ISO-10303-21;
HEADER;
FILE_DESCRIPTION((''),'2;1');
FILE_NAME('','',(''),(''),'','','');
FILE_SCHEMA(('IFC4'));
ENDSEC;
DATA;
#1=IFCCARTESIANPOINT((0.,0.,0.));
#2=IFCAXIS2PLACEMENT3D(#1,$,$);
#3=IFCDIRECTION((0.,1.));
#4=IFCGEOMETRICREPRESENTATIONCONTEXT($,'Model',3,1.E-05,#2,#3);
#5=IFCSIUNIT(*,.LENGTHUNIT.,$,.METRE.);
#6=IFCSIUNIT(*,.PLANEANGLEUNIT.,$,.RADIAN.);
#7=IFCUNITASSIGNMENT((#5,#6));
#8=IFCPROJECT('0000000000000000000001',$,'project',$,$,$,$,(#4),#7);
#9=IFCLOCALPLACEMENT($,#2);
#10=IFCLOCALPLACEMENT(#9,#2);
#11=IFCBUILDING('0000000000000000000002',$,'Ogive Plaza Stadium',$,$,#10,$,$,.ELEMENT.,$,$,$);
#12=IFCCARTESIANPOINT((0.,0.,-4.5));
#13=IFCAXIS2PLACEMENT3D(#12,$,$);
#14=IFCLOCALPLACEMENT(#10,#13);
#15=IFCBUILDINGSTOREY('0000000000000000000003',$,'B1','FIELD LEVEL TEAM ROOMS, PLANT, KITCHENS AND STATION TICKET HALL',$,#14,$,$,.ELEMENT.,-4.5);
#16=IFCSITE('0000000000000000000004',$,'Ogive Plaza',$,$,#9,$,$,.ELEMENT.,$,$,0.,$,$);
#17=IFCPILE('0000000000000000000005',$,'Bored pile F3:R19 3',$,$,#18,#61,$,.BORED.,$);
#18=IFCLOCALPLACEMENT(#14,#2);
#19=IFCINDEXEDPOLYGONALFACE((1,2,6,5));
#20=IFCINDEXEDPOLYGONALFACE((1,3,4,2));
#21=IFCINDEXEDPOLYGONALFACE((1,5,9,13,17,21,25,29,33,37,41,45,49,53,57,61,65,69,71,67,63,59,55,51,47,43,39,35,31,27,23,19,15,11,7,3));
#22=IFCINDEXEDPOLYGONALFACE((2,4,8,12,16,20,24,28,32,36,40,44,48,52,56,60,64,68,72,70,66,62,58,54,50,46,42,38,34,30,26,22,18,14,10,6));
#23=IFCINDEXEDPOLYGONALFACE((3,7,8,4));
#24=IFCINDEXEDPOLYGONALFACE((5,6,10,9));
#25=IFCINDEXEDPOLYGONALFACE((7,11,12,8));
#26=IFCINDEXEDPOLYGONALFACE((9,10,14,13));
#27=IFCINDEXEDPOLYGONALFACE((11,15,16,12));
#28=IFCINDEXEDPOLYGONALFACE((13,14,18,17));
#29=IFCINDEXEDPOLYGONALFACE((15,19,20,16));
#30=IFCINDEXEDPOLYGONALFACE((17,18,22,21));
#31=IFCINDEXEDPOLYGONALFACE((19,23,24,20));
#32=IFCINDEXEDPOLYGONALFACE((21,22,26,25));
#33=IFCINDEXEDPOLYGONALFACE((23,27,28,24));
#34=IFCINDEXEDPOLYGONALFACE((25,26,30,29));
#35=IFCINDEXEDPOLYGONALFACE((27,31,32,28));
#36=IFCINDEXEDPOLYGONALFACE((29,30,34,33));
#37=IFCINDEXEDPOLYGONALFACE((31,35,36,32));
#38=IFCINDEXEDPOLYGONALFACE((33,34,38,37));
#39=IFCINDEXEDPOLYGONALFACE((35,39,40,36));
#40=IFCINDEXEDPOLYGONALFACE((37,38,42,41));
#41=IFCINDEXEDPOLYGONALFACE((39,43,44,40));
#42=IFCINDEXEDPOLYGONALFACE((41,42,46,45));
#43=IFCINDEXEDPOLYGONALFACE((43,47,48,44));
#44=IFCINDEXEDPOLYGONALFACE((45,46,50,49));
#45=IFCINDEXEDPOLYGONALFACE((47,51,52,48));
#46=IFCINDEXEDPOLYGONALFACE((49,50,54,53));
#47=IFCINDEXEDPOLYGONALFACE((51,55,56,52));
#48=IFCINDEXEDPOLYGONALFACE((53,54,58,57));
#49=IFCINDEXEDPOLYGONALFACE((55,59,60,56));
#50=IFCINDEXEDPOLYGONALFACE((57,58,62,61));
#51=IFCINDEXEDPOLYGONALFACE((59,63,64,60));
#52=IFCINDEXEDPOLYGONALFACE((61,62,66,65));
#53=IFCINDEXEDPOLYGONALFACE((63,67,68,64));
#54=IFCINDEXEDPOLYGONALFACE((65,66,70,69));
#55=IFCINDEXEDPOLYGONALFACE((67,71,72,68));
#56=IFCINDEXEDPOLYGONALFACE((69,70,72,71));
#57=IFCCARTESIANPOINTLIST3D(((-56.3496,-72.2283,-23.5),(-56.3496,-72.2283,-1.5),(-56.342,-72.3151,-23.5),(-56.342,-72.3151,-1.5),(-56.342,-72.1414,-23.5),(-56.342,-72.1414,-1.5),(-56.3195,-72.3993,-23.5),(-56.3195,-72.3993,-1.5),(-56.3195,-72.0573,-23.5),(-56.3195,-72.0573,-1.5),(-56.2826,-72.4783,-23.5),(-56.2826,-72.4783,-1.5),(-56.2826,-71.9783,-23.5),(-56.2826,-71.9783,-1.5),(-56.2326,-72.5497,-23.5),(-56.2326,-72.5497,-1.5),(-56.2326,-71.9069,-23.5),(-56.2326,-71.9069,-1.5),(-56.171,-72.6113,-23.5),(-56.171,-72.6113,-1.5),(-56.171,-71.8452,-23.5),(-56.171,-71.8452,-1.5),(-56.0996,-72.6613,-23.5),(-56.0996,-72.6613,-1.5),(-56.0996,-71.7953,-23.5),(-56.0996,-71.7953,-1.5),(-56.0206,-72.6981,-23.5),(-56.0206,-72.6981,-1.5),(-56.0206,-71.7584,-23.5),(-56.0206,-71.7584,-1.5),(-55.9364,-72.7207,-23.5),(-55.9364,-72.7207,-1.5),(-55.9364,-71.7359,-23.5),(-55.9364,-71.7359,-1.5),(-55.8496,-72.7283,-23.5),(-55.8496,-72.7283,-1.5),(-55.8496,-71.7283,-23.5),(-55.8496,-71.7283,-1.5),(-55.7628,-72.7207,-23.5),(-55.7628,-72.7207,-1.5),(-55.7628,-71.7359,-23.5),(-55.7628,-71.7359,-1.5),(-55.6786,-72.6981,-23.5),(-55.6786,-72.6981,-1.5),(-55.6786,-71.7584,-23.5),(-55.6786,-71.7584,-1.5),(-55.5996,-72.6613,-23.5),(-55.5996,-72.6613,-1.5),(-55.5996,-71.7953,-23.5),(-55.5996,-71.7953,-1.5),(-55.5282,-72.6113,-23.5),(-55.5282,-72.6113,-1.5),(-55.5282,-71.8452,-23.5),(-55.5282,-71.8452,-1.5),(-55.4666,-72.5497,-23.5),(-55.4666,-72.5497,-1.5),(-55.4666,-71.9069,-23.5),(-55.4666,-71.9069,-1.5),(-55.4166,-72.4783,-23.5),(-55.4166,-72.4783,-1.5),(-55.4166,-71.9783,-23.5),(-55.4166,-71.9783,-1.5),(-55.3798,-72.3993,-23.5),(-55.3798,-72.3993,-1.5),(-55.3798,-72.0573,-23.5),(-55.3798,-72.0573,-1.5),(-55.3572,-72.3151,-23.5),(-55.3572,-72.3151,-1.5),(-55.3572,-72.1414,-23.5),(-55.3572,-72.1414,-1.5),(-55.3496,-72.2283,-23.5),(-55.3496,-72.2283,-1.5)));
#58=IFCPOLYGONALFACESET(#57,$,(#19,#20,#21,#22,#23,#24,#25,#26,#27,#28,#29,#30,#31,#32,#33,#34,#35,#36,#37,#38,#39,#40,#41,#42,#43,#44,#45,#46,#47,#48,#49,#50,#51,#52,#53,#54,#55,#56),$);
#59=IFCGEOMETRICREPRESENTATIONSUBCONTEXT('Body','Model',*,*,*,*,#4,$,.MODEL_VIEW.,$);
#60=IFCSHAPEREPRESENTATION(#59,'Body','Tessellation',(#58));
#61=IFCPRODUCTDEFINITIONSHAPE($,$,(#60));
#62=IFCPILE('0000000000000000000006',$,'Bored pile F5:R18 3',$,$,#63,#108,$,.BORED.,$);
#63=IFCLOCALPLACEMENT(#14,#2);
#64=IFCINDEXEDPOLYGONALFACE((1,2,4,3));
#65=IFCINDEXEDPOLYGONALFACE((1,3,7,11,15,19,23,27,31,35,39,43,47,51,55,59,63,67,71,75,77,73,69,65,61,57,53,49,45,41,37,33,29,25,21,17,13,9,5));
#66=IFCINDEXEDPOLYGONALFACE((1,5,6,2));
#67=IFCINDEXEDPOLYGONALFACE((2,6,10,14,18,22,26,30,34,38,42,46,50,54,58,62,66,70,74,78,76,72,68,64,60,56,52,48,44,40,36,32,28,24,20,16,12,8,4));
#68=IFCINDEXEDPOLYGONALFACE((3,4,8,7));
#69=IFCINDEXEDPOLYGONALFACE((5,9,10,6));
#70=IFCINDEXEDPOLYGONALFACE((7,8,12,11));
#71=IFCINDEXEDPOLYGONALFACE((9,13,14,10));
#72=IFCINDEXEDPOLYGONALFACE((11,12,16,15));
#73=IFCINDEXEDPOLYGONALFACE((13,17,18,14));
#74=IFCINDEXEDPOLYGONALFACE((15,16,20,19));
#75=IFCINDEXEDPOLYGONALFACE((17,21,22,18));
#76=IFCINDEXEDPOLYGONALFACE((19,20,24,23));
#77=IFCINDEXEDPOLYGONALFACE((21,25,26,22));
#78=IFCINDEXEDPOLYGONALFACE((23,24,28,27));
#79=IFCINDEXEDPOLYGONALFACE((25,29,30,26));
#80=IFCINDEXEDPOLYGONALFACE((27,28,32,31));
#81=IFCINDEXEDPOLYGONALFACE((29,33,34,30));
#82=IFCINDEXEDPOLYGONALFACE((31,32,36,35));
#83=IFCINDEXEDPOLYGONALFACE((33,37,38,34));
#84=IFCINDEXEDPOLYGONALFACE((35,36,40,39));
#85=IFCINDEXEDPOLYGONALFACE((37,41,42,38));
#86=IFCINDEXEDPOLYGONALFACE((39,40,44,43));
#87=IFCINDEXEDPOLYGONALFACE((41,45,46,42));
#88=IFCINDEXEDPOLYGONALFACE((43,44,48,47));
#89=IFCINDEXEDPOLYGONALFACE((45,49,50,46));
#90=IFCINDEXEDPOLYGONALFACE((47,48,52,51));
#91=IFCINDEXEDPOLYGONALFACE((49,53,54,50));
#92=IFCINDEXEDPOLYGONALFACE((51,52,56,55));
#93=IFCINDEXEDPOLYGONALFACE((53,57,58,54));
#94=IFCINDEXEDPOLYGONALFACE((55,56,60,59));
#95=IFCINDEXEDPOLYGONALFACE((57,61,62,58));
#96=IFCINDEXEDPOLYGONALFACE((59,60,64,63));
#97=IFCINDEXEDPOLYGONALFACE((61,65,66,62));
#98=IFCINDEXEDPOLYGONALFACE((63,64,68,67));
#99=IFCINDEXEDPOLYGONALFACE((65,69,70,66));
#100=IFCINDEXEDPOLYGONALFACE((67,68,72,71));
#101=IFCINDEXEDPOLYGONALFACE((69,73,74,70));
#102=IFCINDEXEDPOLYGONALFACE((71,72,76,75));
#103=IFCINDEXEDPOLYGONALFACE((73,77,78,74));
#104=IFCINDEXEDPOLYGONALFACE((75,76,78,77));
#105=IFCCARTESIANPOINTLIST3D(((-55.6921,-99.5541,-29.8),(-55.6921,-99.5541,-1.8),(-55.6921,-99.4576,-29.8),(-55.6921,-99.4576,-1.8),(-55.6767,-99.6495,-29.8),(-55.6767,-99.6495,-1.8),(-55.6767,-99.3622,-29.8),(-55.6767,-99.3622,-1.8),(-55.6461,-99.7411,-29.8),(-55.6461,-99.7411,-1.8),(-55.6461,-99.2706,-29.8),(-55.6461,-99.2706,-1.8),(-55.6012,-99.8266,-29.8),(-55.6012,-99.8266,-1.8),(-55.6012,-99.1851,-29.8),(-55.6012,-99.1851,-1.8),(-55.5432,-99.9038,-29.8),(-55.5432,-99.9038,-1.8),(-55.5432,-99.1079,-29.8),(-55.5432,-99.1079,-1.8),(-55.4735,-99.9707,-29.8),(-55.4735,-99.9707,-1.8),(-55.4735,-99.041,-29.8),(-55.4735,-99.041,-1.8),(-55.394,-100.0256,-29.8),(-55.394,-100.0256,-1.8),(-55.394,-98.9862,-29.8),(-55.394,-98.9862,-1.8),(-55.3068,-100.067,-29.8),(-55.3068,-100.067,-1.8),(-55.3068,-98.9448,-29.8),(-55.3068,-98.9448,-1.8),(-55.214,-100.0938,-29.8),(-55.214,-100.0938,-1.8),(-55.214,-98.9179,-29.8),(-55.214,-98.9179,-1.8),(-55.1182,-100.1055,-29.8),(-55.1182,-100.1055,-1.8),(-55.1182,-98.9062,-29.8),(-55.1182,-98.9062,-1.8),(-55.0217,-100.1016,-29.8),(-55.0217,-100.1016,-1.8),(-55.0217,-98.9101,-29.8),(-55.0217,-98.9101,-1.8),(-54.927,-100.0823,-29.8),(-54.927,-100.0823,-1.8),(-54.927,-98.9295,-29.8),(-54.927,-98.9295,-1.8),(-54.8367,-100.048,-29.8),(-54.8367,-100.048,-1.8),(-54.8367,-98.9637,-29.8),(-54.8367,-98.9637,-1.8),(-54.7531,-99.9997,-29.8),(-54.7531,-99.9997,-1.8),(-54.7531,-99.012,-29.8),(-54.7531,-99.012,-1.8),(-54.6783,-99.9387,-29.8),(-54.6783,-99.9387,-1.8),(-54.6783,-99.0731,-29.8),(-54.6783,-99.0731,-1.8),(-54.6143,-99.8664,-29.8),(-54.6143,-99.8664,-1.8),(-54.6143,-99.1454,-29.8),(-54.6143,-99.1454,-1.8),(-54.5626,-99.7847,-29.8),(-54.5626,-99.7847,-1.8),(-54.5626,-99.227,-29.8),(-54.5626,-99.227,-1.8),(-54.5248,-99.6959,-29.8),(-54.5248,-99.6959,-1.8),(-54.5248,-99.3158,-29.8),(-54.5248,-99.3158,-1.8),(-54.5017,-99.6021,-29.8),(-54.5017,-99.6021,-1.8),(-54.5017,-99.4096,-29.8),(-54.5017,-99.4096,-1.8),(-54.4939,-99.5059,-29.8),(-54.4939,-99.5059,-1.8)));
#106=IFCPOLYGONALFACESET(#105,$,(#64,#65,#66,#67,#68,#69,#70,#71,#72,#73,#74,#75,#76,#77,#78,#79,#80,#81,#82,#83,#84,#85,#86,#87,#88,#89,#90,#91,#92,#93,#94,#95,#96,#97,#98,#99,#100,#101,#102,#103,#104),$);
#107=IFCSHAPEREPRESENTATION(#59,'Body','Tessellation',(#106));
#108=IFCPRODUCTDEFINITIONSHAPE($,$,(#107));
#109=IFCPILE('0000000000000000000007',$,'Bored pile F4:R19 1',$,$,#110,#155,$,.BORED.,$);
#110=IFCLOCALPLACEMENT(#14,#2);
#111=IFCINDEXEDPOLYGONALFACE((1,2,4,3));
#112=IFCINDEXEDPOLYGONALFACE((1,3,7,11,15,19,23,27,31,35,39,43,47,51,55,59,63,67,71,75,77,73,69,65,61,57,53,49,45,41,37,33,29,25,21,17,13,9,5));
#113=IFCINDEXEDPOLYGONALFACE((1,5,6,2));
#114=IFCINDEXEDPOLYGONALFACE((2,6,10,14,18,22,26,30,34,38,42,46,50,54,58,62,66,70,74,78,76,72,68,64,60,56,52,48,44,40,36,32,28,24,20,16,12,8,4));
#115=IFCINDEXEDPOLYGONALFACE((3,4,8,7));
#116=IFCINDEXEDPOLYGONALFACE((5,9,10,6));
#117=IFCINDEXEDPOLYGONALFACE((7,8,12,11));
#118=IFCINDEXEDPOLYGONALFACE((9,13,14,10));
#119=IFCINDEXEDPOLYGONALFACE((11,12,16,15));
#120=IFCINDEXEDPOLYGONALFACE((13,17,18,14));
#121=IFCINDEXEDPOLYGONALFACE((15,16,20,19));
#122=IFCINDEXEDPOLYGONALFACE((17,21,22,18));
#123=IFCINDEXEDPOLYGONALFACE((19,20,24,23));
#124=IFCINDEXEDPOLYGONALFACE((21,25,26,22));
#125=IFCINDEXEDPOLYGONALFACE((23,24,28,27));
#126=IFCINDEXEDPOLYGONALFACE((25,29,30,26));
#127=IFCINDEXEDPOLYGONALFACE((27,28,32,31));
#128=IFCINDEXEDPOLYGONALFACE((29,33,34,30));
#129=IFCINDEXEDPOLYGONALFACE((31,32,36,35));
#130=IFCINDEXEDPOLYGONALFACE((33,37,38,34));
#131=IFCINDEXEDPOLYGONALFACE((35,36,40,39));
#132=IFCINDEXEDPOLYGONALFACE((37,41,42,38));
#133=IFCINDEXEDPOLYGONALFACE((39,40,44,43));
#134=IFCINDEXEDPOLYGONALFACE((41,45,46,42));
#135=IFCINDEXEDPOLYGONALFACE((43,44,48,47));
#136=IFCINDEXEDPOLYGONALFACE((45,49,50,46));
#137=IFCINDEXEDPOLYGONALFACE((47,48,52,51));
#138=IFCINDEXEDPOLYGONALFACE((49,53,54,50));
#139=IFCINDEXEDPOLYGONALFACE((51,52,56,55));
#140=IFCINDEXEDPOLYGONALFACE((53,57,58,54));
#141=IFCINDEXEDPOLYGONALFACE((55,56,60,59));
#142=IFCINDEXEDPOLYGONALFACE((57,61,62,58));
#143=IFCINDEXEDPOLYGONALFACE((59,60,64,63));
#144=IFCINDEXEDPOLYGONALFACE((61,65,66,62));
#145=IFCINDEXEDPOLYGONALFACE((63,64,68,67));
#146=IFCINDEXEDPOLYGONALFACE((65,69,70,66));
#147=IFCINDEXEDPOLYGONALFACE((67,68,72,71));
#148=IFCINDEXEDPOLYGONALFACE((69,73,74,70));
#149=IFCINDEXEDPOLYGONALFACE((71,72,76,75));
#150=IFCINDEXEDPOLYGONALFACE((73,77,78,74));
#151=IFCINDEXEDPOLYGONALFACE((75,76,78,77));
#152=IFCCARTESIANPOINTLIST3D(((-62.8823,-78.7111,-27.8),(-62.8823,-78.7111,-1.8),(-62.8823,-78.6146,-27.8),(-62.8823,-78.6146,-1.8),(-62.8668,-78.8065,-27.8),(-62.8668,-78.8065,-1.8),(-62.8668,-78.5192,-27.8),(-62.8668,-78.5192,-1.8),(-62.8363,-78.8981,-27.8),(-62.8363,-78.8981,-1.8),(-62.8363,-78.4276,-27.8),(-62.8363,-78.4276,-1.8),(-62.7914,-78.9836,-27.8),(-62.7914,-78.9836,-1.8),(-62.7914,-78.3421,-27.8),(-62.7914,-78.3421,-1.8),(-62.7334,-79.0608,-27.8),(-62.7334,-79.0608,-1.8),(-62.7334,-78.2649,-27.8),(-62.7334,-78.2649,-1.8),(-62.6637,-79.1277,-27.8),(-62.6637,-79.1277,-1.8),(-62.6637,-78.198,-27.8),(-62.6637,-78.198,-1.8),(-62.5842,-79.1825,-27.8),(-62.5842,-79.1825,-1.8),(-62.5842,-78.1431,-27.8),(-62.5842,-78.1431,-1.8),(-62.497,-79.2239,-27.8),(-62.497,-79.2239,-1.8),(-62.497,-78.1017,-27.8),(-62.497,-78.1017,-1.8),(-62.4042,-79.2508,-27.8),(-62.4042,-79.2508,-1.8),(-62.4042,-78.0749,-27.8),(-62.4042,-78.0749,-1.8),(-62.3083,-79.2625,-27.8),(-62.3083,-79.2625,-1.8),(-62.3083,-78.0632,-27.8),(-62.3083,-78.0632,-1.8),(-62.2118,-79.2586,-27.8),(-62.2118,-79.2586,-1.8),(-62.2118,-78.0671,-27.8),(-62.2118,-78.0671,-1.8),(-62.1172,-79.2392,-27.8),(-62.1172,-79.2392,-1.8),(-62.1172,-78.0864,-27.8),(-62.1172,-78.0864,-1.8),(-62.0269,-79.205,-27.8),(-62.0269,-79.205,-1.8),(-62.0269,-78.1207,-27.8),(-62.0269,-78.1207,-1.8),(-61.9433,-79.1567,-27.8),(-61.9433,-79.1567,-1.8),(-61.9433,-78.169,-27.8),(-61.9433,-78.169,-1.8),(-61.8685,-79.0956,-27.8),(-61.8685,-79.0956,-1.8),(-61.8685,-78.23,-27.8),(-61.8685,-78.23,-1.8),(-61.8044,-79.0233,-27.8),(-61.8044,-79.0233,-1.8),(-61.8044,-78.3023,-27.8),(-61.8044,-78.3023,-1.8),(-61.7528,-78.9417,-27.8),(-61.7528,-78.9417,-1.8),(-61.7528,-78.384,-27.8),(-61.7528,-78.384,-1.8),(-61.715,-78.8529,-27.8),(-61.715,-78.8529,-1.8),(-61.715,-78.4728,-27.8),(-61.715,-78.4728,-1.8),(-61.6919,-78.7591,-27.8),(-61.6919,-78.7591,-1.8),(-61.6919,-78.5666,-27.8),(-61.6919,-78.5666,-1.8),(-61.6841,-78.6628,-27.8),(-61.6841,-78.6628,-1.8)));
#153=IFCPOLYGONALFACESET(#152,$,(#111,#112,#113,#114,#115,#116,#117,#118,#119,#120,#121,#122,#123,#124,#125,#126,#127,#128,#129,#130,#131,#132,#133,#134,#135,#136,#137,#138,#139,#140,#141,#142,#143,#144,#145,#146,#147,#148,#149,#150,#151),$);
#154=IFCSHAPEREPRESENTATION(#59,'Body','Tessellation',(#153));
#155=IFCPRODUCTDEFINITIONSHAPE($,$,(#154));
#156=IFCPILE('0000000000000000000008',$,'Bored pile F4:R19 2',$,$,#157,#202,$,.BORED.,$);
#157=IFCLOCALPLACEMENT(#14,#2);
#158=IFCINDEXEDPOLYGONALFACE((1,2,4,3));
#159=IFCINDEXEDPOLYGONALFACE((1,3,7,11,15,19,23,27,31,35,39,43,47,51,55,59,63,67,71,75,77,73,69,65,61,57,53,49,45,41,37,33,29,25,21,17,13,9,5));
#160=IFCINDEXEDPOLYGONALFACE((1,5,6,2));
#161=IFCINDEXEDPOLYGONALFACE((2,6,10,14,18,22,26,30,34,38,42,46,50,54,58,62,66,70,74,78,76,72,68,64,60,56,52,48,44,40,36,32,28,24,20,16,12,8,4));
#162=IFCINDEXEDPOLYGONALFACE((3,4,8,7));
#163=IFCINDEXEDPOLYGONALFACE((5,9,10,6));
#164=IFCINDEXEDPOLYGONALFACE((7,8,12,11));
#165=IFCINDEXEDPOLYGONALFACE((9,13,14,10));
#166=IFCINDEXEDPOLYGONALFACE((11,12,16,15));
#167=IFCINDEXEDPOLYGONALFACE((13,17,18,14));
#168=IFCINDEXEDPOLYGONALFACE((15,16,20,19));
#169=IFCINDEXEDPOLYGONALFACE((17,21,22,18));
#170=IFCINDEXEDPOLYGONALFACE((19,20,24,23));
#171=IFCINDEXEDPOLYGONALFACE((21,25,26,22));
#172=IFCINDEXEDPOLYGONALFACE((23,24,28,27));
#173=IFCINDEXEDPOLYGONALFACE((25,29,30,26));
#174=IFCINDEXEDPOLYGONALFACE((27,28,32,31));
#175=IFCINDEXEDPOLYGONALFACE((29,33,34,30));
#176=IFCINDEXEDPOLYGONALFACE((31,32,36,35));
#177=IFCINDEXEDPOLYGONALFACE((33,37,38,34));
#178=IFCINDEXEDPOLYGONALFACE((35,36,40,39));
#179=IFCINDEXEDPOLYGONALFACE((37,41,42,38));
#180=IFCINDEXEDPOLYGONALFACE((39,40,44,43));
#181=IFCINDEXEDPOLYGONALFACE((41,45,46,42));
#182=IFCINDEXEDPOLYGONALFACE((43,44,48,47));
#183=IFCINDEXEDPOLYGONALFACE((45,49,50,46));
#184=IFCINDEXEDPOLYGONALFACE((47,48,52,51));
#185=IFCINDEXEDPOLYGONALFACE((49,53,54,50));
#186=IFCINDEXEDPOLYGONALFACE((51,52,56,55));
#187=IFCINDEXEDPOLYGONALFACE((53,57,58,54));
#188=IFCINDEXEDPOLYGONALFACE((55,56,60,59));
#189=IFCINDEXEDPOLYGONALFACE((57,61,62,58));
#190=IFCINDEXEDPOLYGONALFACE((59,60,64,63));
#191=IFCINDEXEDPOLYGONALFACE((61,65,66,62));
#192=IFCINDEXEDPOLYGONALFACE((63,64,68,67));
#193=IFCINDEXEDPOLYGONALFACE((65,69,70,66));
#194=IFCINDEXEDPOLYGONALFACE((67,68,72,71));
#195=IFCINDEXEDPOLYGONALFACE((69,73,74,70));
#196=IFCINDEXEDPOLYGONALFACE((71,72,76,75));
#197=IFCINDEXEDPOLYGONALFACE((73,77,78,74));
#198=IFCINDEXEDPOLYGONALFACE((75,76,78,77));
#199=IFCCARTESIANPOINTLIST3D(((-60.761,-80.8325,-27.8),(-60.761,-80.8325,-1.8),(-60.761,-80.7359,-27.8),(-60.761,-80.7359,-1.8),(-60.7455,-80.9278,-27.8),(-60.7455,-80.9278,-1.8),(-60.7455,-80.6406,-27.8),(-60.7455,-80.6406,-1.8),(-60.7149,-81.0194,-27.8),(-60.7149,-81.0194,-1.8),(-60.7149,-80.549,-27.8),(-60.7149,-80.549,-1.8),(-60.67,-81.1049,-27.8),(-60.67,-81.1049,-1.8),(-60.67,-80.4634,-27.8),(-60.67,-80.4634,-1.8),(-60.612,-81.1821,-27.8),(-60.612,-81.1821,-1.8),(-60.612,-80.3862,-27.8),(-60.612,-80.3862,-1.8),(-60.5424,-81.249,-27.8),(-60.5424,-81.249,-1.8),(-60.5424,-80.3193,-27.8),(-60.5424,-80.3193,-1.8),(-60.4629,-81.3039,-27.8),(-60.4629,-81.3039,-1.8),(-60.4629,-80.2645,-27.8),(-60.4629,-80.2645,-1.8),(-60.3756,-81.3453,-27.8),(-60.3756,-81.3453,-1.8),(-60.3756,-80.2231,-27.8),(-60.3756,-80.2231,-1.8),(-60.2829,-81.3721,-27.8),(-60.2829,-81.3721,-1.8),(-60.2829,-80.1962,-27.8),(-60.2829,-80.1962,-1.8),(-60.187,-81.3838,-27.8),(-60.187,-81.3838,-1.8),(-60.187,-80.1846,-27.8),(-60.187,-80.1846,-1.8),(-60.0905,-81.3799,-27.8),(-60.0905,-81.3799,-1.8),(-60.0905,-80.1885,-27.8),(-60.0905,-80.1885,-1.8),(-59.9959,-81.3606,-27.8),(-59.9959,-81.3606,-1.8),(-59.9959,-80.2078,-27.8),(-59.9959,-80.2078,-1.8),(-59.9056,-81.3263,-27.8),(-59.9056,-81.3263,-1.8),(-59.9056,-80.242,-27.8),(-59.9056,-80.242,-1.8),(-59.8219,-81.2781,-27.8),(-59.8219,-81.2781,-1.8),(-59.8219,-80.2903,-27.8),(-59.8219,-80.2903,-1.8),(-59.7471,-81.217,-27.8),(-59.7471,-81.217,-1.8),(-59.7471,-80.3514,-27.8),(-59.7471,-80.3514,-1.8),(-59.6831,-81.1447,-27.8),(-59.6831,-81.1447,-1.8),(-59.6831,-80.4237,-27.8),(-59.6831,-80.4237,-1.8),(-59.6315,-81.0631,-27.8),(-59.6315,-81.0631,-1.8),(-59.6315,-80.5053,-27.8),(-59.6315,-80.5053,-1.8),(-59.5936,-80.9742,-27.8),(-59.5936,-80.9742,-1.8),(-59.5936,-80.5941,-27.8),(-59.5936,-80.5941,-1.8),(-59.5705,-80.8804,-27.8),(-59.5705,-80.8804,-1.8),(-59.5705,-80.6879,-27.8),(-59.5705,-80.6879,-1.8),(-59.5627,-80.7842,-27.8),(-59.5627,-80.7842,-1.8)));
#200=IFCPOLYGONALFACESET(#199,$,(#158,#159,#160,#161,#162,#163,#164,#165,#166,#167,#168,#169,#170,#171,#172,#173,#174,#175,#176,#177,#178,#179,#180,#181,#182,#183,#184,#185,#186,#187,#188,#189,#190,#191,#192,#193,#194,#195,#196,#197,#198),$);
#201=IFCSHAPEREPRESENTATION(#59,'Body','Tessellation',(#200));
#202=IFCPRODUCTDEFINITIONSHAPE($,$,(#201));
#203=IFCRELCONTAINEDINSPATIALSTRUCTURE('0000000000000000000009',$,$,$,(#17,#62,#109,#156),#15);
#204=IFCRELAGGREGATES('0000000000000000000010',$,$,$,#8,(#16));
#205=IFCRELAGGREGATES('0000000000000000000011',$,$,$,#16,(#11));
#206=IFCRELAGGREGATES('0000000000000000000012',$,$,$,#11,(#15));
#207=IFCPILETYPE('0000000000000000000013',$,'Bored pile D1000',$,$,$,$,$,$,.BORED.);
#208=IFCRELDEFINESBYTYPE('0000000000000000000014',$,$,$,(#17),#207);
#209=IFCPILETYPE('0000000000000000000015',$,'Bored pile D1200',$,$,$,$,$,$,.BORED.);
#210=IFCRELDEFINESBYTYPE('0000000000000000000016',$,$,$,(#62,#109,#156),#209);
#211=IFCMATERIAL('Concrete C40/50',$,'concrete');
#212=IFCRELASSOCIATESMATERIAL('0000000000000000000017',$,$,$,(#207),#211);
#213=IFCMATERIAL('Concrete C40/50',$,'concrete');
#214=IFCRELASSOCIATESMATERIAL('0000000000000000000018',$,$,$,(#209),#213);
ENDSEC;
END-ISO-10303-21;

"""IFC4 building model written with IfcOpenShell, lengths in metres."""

from ifc_helpers import new_model, si_unit, direction, frame, origin, origin_2d, place, context, subcontext, project, spatial, circle, extrude, material, material_profile, profile_set, type_object, element, save


model = new_model("IFC4")

# Units and contexts
model_context = context("Model", 3, precision=1e-05, world=origin(), true_north=direction((0.0, 1.0)))
body_context = subcontext(model_context, "Body", "Model", "MODEL_VIEW")
ifc_project = project(units=[si_unit("LENGTHUNIT", "METRE"), si_unit("PLANEANGLEUNIT", "RADIAN")], contexts=[model_context])

# Site, building, storey
site_placement = place(None, origin())
site = spatial("IfcSite", under=ifc_project, at=site_placement, Name="Ogive Plaza", CompositionType="ELEMENT", RefElevation=0.0)
building_placement = place(site_placement, origin())
building = spatial("IfcBuilding", under=site, at=building_placement, Name="Ogive Plaza Stadium", CompositionType="ELEMENT")
storey_placement = place(building_placement, frame((0.0, 0.0, -4.5)))
storey = spatial("IfcBuildingStorey", under=building, at=storey_placement, Name="B1", Description="FIELD LEVEL TEAM ROOMS, PLANT, KITCHENS AND STATION TICKET HALL", CompositionType="ELEMENT", Elevation=-4.5)

# Piles
ifc_material_1 = material(Name="Concrete C40/50", Category="concrete")
ifc_material_profile_1 = material_profile(ifc_material_1, circle(Radius=0.5, at=origin_2d()), Name="RC D1000")
ifc_profile_set_1 = profile_set([ifc_material_profile_1], Name="Concrete C40/50")
pile_type_1 = type_object("IfcPileType", Name="Bored pile D1000", PredefinedType="BORED", material=ifc_profile_set_1)
pile_1_placement = place(storey_placement, frame((-55.8496, -72.2283, -1.5), z_axis=(0.0, 0.0, -1.0), x_axis=(1.0, 0.0, 0.0)))
element("IfcPile", 1, at=pile_1_placement, inside=storey, type_object=pile_type_1, Name="Bored pile F3:R19 3", PredefinedType="BORED", context=body_context, shape_type="SweptSolid", body=[
    extrude(circle(Radius=0.5, at=origin_2d()), origin(), (0.0, 0.0, 1.0), 22.0),
])
ifc_material_2 = material(Name="Concrete C40/50", Category="concrete")
ifc_material_profile_2 = material_profile(ifc_material_2, circle(Radius=0.6001, at=origin_2d()), Name="RC D1200")
ifc_profile_set_2 = profile_set([ifc_material_profile_2], Name="Concrete C40/50")
pile_type_2 = type_object("IfcPileType", Name="Bored pile D1200", PredefinedType="BORED", material=ifc_profile_set_2)
pile_2_placement = place(storey_placement, frame((-55.094, -99.5059, -1.8), z_axis=(0.0, 0.0, -1.0), x_axis=(1.0, 0.0, 0.0)))
element("IfcPile", 2, at=pile_2_placement, inside=storey, type_object=pile_type_2, Name="Bored pile F5:R18 3", PredefinedType="BORED", context=body_context, shape_type="SweptSolid", body=[
    extrude(circle(Radius=0.6001, at=origin_2d()), origin(), (0.0, 0.0, 1.0), 28.0),
])
for number, where, z_axis, x_axis, name in (
    (3, (-62.2842, -78.6628, -1.8), (0.0, 0.0, -1.0), (1.0, 0.0, 0.0), "Bored pile F4:R19 1"),
    (4, (-60.1628, -80.7842, -1.8), (0.0, 0.0, -1.0), (1.0, 0.0, 0.0), "Bored pile F4:R19 2"),
):
    element("IfcPile", number, at=place(storey_placement, frame(where, z_axis=z_axis, x_axis=x_axis)), inside=storey, type_object=pile_type_2, Name=name, PredefinedType="BORED", context=body_context, shape_type="SweptSolid", body=[
        extrude(circle(Radius=0.6001, at=origin_2d()), origin(), (0.0, 0.0, 1.0), 26.0),
    ])

save(model, "model.ifc")
